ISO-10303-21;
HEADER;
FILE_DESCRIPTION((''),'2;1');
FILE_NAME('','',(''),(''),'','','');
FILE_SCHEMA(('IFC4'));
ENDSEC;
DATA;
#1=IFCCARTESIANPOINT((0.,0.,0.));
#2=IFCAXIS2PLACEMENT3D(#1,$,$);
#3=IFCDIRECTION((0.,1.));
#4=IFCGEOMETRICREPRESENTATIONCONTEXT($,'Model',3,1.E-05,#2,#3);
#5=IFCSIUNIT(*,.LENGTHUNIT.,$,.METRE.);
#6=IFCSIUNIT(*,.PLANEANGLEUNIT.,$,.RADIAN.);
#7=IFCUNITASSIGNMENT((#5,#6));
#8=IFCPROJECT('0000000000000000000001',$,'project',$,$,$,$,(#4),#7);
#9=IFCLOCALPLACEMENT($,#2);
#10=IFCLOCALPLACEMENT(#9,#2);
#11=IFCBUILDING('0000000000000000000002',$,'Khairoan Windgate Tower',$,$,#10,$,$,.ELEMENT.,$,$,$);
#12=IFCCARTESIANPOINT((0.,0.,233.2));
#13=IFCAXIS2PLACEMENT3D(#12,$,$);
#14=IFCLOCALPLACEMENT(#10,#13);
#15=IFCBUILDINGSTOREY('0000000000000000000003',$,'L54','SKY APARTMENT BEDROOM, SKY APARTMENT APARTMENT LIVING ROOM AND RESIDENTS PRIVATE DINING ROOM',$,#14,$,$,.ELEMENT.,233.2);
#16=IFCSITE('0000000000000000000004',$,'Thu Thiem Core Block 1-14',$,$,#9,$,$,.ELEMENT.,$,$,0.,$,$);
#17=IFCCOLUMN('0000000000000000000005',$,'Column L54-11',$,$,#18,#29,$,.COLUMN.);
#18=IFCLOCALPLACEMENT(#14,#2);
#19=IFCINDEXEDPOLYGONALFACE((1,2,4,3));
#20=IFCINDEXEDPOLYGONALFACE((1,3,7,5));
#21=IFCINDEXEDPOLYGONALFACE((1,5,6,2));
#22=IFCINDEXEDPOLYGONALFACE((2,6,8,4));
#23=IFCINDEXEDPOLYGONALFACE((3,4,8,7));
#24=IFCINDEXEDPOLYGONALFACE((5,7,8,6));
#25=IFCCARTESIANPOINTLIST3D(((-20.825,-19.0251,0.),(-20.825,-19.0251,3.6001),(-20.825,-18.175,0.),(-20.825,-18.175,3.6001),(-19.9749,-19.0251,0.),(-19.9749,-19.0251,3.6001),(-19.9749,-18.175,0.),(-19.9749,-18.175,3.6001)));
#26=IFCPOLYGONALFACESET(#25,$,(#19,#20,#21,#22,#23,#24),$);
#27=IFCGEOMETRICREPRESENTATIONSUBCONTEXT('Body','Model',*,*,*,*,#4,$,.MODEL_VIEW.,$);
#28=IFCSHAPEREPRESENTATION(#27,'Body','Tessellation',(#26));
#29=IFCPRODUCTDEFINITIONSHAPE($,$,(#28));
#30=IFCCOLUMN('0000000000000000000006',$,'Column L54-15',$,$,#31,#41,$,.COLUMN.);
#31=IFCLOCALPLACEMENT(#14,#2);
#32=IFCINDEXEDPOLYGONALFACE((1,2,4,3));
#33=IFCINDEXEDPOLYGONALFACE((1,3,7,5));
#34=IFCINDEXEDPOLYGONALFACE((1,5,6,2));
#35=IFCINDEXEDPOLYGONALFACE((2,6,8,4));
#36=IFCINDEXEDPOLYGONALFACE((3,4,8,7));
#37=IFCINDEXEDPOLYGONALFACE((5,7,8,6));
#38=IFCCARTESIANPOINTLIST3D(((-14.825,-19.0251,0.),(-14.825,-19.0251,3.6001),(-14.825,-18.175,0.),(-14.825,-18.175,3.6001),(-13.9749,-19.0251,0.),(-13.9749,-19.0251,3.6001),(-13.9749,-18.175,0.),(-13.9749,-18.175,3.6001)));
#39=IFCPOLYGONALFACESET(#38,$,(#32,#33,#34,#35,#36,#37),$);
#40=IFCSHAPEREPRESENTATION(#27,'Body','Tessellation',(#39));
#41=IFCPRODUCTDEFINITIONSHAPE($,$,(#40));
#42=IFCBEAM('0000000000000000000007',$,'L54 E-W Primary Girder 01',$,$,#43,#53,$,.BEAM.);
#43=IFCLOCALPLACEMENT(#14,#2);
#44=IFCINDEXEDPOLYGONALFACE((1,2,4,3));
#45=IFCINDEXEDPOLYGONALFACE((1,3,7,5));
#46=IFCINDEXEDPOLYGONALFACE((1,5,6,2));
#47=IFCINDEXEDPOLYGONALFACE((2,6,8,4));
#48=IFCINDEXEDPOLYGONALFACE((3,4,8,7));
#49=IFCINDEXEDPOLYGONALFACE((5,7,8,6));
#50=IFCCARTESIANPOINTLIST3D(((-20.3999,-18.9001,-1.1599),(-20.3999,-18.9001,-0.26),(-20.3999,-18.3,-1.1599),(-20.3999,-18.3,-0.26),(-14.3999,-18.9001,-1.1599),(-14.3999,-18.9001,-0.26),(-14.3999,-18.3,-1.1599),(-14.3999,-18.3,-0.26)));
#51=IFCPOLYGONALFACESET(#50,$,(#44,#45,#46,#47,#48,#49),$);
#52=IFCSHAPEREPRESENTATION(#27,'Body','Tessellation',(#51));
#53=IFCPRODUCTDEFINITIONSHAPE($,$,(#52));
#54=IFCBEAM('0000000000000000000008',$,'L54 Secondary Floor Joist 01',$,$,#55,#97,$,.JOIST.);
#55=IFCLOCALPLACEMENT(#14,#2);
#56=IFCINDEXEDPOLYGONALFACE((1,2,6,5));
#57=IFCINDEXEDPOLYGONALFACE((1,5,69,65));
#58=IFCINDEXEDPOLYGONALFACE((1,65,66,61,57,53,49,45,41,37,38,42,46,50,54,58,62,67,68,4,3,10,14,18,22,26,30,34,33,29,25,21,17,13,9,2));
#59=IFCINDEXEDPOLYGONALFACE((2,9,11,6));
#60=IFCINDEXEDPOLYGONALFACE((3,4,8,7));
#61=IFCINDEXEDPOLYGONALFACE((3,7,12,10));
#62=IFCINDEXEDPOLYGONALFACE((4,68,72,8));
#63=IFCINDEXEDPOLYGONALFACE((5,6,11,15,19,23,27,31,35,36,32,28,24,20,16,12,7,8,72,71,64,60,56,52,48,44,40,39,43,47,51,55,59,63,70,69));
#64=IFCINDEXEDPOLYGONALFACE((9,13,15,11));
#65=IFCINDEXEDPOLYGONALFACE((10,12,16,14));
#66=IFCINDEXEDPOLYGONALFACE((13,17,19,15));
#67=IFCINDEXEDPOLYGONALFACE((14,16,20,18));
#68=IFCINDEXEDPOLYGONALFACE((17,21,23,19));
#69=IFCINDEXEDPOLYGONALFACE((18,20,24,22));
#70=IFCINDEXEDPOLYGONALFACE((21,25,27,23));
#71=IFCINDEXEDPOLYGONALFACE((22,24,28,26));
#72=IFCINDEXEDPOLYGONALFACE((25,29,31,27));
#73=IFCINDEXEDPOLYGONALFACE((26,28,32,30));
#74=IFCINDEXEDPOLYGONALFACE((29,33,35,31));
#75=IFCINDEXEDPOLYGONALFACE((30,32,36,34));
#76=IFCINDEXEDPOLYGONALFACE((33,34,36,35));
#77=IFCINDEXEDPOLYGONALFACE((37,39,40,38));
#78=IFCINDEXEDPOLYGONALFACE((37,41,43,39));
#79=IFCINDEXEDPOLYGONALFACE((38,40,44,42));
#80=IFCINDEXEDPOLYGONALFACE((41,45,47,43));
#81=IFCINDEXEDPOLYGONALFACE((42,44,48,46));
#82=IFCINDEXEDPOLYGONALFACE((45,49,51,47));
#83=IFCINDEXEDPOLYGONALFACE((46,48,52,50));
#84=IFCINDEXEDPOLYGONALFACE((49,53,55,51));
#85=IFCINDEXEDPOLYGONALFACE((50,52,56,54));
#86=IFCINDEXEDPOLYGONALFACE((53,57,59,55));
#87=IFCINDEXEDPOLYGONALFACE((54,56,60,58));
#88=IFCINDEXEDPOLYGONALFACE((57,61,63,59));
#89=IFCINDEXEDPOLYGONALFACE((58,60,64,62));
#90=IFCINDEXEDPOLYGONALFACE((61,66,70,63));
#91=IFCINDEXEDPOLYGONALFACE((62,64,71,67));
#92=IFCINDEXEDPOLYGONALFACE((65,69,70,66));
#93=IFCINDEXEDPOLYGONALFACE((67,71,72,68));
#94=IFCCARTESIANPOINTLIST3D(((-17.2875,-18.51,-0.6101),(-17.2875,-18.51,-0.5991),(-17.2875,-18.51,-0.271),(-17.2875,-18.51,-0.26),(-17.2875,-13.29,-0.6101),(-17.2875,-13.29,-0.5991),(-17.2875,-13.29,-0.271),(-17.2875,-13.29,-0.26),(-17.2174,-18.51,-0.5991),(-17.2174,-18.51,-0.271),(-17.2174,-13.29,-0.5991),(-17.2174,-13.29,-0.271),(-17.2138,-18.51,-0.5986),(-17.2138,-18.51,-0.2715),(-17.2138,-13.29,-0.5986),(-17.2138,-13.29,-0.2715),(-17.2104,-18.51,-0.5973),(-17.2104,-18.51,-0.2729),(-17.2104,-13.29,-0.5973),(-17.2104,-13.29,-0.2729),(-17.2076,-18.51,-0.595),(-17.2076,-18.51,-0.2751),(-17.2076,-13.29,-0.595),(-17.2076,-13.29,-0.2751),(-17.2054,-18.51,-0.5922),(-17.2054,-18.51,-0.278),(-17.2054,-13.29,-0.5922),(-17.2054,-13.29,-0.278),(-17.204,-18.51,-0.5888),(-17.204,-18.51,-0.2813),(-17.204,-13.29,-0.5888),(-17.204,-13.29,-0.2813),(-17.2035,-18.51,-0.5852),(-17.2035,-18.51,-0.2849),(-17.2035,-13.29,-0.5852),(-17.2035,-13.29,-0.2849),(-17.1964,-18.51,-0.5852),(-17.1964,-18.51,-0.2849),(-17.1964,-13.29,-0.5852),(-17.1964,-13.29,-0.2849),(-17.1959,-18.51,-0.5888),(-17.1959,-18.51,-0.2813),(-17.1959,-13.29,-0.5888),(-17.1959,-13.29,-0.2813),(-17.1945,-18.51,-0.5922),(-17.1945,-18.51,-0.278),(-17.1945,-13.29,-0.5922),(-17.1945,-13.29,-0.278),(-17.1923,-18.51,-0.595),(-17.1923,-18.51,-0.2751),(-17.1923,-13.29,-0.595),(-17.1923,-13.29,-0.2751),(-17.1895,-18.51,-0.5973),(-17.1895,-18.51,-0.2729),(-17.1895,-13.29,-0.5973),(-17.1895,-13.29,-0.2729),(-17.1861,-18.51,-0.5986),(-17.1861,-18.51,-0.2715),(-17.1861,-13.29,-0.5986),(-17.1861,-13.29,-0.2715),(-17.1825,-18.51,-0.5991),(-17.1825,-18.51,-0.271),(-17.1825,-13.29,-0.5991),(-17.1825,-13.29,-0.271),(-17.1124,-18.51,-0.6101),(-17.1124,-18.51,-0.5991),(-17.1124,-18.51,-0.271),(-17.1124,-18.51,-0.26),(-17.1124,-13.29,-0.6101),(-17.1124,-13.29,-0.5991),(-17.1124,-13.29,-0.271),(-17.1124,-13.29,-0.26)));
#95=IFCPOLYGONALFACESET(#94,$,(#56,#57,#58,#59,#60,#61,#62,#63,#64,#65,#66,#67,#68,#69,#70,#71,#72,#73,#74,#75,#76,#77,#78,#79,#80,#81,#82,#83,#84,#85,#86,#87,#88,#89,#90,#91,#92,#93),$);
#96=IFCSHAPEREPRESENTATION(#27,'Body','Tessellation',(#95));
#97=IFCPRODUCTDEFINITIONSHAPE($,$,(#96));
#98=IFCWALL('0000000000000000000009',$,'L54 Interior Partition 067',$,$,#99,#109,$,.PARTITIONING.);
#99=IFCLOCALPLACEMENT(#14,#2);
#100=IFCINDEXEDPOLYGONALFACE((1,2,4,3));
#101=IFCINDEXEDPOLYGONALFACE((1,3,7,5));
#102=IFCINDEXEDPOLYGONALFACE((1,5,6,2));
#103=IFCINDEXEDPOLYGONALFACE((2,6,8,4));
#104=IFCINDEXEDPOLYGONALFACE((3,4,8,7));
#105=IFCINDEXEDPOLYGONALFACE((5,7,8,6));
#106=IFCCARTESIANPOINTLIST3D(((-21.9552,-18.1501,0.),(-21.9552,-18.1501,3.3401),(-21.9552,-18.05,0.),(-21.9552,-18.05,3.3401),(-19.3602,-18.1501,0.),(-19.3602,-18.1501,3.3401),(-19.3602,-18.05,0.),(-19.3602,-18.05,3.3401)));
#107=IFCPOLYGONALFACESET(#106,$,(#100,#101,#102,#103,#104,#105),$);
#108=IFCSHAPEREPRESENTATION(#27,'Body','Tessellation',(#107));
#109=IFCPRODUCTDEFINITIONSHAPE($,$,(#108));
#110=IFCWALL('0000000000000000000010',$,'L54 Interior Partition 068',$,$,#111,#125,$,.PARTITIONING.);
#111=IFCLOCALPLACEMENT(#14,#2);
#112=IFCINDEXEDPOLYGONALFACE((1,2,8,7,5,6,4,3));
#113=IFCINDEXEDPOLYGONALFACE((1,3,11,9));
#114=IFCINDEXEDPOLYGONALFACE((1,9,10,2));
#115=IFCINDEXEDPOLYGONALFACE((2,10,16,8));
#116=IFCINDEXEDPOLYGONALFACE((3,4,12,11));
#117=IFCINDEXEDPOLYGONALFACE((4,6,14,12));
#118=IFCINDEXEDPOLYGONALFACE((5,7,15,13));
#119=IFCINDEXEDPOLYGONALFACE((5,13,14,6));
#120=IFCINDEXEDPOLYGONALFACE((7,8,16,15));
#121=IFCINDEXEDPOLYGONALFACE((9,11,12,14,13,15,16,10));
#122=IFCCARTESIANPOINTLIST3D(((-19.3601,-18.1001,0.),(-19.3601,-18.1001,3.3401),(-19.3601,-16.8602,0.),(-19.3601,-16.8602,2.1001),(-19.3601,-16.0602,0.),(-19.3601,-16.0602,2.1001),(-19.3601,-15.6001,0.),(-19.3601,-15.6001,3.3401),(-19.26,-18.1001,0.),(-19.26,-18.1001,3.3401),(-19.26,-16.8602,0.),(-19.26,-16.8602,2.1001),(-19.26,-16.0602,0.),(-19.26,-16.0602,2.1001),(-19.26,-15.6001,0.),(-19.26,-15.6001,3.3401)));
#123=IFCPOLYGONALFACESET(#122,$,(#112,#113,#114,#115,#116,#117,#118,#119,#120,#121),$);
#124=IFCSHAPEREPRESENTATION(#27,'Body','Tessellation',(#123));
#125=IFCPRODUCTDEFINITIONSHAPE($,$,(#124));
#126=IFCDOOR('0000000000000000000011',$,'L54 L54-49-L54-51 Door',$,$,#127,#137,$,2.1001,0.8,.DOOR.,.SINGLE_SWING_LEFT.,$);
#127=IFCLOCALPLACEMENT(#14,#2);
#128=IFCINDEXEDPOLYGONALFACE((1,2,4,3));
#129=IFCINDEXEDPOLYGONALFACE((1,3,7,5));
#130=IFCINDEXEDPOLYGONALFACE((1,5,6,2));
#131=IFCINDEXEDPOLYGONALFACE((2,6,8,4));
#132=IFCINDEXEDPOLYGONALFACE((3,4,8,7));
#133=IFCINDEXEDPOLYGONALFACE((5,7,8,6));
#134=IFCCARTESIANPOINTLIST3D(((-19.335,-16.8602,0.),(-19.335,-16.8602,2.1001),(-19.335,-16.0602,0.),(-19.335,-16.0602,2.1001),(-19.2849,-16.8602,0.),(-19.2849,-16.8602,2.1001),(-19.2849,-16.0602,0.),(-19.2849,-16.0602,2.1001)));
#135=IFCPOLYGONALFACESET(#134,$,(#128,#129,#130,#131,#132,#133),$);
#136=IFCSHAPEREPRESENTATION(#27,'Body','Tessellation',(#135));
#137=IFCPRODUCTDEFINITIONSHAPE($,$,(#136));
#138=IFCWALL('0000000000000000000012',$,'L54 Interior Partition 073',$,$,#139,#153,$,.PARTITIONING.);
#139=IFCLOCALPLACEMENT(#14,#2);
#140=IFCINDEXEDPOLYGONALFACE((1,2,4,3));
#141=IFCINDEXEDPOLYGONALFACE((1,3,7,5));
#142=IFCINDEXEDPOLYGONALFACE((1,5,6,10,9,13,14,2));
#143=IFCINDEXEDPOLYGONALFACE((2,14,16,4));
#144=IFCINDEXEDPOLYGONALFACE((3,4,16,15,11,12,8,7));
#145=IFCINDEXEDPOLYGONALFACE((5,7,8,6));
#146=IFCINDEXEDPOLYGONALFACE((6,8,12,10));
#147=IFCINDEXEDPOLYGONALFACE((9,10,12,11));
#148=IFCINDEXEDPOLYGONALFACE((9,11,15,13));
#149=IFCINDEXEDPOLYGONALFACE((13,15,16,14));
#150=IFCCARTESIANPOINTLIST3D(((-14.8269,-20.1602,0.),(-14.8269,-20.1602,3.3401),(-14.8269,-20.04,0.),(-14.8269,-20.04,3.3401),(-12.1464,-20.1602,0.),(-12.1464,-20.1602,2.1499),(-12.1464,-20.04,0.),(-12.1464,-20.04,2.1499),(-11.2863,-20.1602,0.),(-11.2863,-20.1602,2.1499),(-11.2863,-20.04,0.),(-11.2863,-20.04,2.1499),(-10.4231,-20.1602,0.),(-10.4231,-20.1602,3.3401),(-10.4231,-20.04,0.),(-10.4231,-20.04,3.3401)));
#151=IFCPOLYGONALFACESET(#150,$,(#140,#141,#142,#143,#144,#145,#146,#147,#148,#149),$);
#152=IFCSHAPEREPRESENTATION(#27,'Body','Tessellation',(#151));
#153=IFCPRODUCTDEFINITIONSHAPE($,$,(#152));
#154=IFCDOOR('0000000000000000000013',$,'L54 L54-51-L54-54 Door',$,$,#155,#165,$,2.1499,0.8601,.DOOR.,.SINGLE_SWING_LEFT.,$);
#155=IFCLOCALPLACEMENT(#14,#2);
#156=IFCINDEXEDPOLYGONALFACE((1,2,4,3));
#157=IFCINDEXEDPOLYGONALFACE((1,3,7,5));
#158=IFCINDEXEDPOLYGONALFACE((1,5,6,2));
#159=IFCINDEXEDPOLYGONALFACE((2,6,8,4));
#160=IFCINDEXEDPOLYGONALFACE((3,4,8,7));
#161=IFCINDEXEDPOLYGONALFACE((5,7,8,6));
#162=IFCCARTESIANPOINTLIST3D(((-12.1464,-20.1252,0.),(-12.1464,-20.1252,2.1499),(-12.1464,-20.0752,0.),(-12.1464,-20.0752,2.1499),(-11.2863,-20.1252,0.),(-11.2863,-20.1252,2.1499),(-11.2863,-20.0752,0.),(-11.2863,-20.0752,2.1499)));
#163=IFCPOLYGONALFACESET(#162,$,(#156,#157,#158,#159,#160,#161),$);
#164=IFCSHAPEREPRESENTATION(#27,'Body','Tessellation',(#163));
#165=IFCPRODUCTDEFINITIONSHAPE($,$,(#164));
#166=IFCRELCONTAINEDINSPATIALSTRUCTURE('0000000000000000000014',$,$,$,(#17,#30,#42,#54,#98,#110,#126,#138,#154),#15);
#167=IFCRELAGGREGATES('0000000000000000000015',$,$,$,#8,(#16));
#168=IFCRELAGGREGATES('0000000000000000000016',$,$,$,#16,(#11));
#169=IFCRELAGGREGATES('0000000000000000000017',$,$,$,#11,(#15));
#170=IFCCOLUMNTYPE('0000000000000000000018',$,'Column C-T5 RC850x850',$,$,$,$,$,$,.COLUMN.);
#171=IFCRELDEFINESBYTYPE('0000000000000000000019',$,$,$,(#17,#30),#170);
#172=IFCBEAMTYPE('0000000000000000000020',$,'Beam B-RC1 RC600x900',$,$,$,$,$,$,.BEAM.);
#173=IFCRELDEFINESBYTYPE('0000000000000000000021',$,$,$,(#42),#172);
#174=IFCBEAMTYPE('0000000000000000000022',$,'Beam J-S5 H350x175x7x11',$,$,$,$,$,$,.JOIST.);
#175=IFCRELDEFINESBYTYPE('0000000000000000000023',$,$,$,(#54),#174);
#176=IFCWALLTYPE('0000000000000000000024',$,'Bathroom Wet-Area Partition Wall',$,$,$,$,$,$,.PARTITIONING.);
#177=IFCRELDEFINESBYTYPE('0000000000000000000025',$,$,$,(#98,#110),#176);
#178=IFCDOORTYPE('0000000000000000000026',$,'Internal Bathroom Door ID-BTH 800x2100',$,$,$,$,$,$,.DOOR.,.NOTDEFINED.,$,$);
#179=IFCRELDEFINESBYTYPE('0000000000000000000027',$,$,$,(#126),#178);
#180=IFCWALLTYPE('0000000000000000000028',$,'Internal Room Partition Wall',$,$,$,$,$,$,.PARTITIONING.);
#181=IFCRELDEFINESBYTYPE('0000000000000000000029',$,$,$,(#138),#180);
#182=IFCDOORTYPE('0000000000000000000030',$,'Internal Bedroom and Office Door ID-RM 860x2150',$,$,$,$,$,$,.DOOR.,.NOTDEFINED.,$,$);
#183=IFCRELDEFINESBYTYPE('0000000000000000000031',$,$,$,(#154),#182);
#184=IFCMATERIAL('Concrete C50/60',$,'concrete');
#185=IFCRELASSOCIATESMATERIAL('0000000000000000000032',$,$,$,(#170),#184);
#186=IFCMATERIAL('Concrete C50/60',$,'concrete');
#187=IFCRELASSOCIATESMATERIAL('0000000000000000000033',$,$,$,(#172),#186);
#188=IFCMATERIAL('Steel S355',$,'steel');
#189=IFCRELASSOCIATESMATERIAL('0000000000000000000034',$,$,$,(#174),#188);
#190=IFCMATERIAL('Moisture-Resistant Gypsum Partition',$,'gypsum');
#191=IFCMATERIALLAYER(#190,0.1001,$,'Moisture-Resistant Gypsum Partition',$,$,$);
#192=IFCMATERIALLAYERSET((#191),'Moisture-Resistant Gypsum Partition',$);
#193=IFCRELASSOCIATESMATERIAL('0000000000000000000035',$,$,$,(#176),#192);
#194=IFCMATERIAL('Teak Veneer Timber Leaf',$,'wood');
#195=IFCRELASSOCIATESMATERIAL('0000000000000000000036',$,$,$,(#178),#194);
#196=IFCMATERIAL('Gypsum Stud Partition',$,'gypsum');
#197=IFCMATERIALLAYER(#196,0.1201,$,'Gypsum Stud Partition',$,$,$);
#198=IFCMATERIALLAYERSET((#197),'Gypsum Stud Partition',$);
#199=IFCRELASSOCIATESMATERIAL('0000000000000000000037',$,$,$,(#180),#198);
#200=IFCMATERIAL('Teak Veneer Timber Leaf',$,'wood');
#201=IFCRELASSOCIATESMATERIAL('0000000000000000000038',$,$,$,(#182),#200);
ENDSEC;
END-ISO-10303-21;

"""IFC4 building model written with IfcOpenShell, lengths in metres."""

from ifc_helpers import new_model, si_unit, direction, frame, frame_2d, origin, origin_2d, place, context, subcontext, project, spatial, rectangle, i_section, extrude, material, layer, layer_set, material_profile, profile_set, type_object, element, fill, save


model = new_model("IFC4")

# Units and contexts
model_context = context("Model", 3, precision=1e-05, world=origin(), true_north=direction((0.0, 1.0)))
body_context = subcontext(model_context, "Body", "Model", "MODEL_VIEW")
ifc_project = project(units=[si_unit("LENGTHUNIT", "METRE"), si_unit("PLANEANGLEUNIT", "RADIAN")], contexts=[model_context])

# Site, building, storey
site_placement = place(None, origin())
site = spatial("IfcSite", under=ifc_project, at=site_placement, Name="Thu Thiem Core Block 1-14", CompositionType="ELEMENT", RefElevation=0.0)
building_placement = place(site_placement, origin())
building = spatial("IfcBuilding", under=site, at=building_placement, Name="Khairoan Windgate Tower", CompositionType="ELEMENT")
storey_placement = place(building_placement, frame((0.0, 0.0, 233.2)))
storey = spatial("IfcBuildingStorey", under=building, at=storey_placement, Name="L54", Description="SKY APARTMENT BEDROOM, SKY APARTMENT APARTMENT LIVING ROOM AND RESIDENTS PRIVATE DINING ROOM", CompositionType="ELEMENT", Elevation=233.2)

# Columns
ifc_material_1 = material(Name="Concrete C50/60", Category="concrete")
ifc_material_profile_1 = material_profile(ifc_material_1, rectangle(XDim=0.8501, YDim=0.8501, at=origin_2d()))
ifc_profile_set_1 = profile_set([ifc_material_profile_1], Name="Concrete C50/60")
column_type = type_object("IfcColumnType", Name="Column C-T5 RC850x850", PredefinedType="COLUMN", material=ifc_profile_set_1)
for number, where, z_axis, x_axis, name in (
    (1, (-20.3999, -18.6001, 0.0), (0.0, 0.0, 1.0), (1.0, 0.0, 0.0), "Column L54-11"),
    (2, (-14.3999, -18.6001, 0.0), (0.0, 0.0, 1.0), (1.0, 0.0, 0.0), "Column L54-15"),
):
    element("IfcColumn", number, at=place(storey_placement, frame(where, z_axis=z_axis, x_axis=x_axis)), inside=storey, type_object=column_type, Name=name, PredefinedType="COLUMN", context=body_context, shape_type="SweptSolid", body=[
        extrude(rectangle(XDim=0.8501, YDim=0.8501, at=origin_2d()), origin(), (0.0, 0.0, 1.0), 3.6001),
    ])

# Beams
ifc_material_2 = material(Name="Concrete C50/60", Category="concrete")
ifc_material_profile_2 = material_profile(ifc_material_2, rectangle(XDim=0.6001, YDim=0.8999, at=origin_2d()))
ifc_profile_set_2 = profile_set([ifc_material_profile_2], Name="Concrete C50/60")
beam_type_1 = type_object("IfcBeamType", Name="Beam B-RC1 RC600x900", PredefinedType="BEAM", material=ifc_profile_set_2)
beam_1_placement = place(storey_placement, frame((-20.3999, -18.6001, -0.71), z_axis=(1.0, 0.0, 0.0), x_axis=(0.0, 1.0, 0.0)))
element("IfcBeam", 3, at=beam_1_placement, inside=storey, type_object=beam_type_1, Name="L54 E-W Primary Girder 01", PredefinedType="BEAM", context=body_context, shape_type="SweptSolid", body=[
    extrude(rectangle(XDim=0.6001, YDim=0.8999, at=origin_2d()), origin(), (0.0, 0.0, 1.0), 6.0),
])
ifc_material_3 = material(Name="Steel S355", Category="steel")
ifc_material_profile_3 = material_profile(ifc_material_3, i_section(OverallWidth=0.175, OverallDepth=0.3501, WebThickness=0.0071, FlangeThickness=0.011, FilletRadius=0.0139, at=origin_2d()))
ifc_profile_set_3 = profile_set([ifc_material_profile_3], Name="Steel S355")
beam_type_2 = type_object("IfcBeamType", Name="Beam J-S5 H350x175x7x11", PredefinedType="JOIST", material=ifc_profile_set_3)
beam_2_placement = place(storey_placement, frame((-17.2, -18.51, -0.4351), z_axis=(0.0, 1.0, 0.0), x_axis=(-1.0, 0.0, 0.0)))
element("IfcBeam", 4, at=beam_2_placement, inside=storey, type_object=beam_type_2, Name="L54 Secondary Floor Joist 01", PredefinedType="JOIST", context=body_context, shape_type="SweptSolid", body=[
    extrude(i_section(OverallWidth=0.175, OverallDepth=0.3501, WebThickness=0.0071, FlangeThickness=0.011, FilletRadius=0.0139, at=origin_2d()), origin(), (0.0, 0.0, 1.0), 5.22),
])

# Wall
ifc_material_4 = material(Name="Moisture-Resistant Gypsum Partition", Category="gypsum")
ifc_layer_1 = layer(ifc_material_4, 0.1001, Name="Moisture-Resistant Gypsum Partition")
ifc_layer_set_1 = layer_set([ifc_layer_1], Name="Moisture-Resistant Gypsum Partition")
wall_type_1 = type_object("IfcWallType", Name="Bathroom Wet-Area Partition Wall", PredefinedType="PARTITIONING", material=ifc_layer_set_1)
wall_1_placement = place(storey_placement, frame((-21.9551, -18.1001, 0.0), z_axis=(0.0, 0.0, 1.0), x_axis=(1.0, 0.0, 0.0)))
element("IfcWall", 5, at=wall_1_placement, inside=storey, type_object=wall_type_1, Name="L54 Interior Partition 067", PredefinedType="PARTITIONING", context=body_context, shape_type="SweptSolid", body=[
    extrude(rectangle(XDim=2.595, YDim=0.1001, at=frame_2d((1.2974, 0.0))), origin(), (0.0, 0.0, 1.0), 3.3401),
])

# Walls, openings, doors
wall_2_placement = place(storey_placement, frame((-19.3101, -18.1001, 0.0), z_axis=(0.0, 0.0, 1.0), x_axis=(0.0, 1.0, 0.0)))
wall_2 = element("IfcWall", 6, at=wall_2_placement, inside=storey, type_object=wall_type_1, Name="L54 Interior Partition 068", PredefinedType="PARTITIONING", context=body_context, shape_type="SweptSolid", body=[
    extrude(rectangle(XDim=2.5, YDim=0.1001, at=frame_2d((1.25, 0.0))), origin(), (0.0, 0.0, 1.0), 3.3401),
])
opening_1_placement = place(wall_2_placement, frame((1.24, 0.0, 0.0)))
opening_1 = element("IfcOpeningElement", 7, at=opening_1_placement, cuts=wall_2, PredefinedType="OPENING", context=body_context, shape_type="SweptSolid", body=[
    extrude(rectangle(XDim=0.8, YDim=2.1001, at=frame_2d((0.3999, 1.05))), frame((0.0, 0.0601, 0.0), z_axis=(0.0, -1.0, 0.0), x_axis=(1.0, 0.0, 0.0)), (0.0, 0.0, 1.0), 0.1201),
])
ifc_material_5 = material(Name="Teak Veneer Timber Leaf", Category="wood")
door_type_1 = type_object("IfcDoorType", Name="Internal Bathroom Door ID-BTH 800x2100", OperationType="NOTDEFINED", PredefinedType="DOOR", material=ifc_material_5)
door_1_placement = place(opening_1_placement, origin())
door_1 = element("IfcDoor", 8, at=door_1_placement, inside=storey, type_object=door_type_1, Name="L54 L54-49-L54-51 Door", OperationType="SINGLE_SWING_LEFT", OverallHeight=2.1001, OverallWidth=0.8, PredefinedType="DOOR", context=body_context, shape_type="SweptSolid", body=[
    extrude(rectangle(XDim=0.8, YDim=2.1001, at=frame_2d((0.3999, 1.05))), frame((0.0, 0.0249, 0.0), z_axis=(0.0, -1.0, 0.0), x_axis=(1.0, 0.0, 0.0)), (0.0, 0.0, 1.0), 0.05),
])
fill(opening_1, door_1)
ifc_material_6 = material(Name="Gypsum Stud Partition", Category="gypsum")
ifc_layer_2 = layer(ifc_material_6, 0.1201, Name="Gypsum Stud Partition")
ifc_layer_set_2 = layer_set([ifc_layer_2], Name="Gypsum Stud Partition")
wall_type_2 = type_object("IfcWallType", Name="Internal Room Partition Wall", PredefinedType="PARTITIONING", material=ifc_layer_set_2)
wall_3_placement = place(storey_placement, frame((-14.8269, -20.1001, 0.0), z_axis=(0.0, 0.0, 1.0), x_axis=(1.0, 0.0, 0.0)))
wall_3 = element("IfcWall", 9, at=wall_3_placement, inside=storey, type_object=wall_type_2, Name="L54 Interior Partition 073", PredefinedType="PARTITIONING", context=body_context, shape_type="SweptSolid", body=[
    extrude(rectangle(XDim=4.4038, YDim=0.1201, at=frame_2d((2.2019, 0.0))), origin(), (0.0, 0.0, 1.0), 3.3401),
])
opening_2_placement = place(wall_3_placement, frame((2.6804, 0.0, 0.0)))
opening_2 = element("IfcOpeningElement", 10, at=opening_2_placement, cuts=wall_3, PredefinedType="OPENING", context=body_context, shape_type="SweptSolid", body=[
    extrude(rectangle(XDim=0.8601, YDim=2.1499, at=frame_2d((0.4302, 1.075))), frame((0.0, 0.0701, 0.0), z_axis=(0.0, -1.0, 0.0), x_axis=(1.0, 0.0, 0.0)), (0.0, 0.0, 1.0), 0.1401),
])
ifc_material_7 = material(Name="Teak Veneer Timber Leaf", Category="wood")
door_type_2 = type_object("IfcDoorType", Name="Internal Bedroom and Office Door ID-RM 860x2150", OperationType="NOTDEFINED", PredefinedType="DOOR", material=ifc_material_7)
door_2_placement = place(opening_2_placement, origin())
door_2 = element("IfcDoor", 11, at=door_2_placement, inside=storey, type_object=door_type_2, Name="L54 L54-51-L54-54 Door", OperationType="SINGLE_SWING_LEFT", OverallHeight=2.1499, OverallWidth=0.8601, PredefinedType="DOOR", context=body_context, shape_type="SweptSolid", body=[
    extrude(rectangle(XDim=0.8601, YDim=2.1499, at=frame_2d((0.4302, 1.075))), frame((0.0, 0.0249, 0.0), z_axis=(0.0, -1.0, 0.0), x_axis=(1.0, 0.0, 0.0)), (0.0, 0.0, 1.0), 0.05),
])
fill(opening_2, door_2)

save(model, "model.ifc")
